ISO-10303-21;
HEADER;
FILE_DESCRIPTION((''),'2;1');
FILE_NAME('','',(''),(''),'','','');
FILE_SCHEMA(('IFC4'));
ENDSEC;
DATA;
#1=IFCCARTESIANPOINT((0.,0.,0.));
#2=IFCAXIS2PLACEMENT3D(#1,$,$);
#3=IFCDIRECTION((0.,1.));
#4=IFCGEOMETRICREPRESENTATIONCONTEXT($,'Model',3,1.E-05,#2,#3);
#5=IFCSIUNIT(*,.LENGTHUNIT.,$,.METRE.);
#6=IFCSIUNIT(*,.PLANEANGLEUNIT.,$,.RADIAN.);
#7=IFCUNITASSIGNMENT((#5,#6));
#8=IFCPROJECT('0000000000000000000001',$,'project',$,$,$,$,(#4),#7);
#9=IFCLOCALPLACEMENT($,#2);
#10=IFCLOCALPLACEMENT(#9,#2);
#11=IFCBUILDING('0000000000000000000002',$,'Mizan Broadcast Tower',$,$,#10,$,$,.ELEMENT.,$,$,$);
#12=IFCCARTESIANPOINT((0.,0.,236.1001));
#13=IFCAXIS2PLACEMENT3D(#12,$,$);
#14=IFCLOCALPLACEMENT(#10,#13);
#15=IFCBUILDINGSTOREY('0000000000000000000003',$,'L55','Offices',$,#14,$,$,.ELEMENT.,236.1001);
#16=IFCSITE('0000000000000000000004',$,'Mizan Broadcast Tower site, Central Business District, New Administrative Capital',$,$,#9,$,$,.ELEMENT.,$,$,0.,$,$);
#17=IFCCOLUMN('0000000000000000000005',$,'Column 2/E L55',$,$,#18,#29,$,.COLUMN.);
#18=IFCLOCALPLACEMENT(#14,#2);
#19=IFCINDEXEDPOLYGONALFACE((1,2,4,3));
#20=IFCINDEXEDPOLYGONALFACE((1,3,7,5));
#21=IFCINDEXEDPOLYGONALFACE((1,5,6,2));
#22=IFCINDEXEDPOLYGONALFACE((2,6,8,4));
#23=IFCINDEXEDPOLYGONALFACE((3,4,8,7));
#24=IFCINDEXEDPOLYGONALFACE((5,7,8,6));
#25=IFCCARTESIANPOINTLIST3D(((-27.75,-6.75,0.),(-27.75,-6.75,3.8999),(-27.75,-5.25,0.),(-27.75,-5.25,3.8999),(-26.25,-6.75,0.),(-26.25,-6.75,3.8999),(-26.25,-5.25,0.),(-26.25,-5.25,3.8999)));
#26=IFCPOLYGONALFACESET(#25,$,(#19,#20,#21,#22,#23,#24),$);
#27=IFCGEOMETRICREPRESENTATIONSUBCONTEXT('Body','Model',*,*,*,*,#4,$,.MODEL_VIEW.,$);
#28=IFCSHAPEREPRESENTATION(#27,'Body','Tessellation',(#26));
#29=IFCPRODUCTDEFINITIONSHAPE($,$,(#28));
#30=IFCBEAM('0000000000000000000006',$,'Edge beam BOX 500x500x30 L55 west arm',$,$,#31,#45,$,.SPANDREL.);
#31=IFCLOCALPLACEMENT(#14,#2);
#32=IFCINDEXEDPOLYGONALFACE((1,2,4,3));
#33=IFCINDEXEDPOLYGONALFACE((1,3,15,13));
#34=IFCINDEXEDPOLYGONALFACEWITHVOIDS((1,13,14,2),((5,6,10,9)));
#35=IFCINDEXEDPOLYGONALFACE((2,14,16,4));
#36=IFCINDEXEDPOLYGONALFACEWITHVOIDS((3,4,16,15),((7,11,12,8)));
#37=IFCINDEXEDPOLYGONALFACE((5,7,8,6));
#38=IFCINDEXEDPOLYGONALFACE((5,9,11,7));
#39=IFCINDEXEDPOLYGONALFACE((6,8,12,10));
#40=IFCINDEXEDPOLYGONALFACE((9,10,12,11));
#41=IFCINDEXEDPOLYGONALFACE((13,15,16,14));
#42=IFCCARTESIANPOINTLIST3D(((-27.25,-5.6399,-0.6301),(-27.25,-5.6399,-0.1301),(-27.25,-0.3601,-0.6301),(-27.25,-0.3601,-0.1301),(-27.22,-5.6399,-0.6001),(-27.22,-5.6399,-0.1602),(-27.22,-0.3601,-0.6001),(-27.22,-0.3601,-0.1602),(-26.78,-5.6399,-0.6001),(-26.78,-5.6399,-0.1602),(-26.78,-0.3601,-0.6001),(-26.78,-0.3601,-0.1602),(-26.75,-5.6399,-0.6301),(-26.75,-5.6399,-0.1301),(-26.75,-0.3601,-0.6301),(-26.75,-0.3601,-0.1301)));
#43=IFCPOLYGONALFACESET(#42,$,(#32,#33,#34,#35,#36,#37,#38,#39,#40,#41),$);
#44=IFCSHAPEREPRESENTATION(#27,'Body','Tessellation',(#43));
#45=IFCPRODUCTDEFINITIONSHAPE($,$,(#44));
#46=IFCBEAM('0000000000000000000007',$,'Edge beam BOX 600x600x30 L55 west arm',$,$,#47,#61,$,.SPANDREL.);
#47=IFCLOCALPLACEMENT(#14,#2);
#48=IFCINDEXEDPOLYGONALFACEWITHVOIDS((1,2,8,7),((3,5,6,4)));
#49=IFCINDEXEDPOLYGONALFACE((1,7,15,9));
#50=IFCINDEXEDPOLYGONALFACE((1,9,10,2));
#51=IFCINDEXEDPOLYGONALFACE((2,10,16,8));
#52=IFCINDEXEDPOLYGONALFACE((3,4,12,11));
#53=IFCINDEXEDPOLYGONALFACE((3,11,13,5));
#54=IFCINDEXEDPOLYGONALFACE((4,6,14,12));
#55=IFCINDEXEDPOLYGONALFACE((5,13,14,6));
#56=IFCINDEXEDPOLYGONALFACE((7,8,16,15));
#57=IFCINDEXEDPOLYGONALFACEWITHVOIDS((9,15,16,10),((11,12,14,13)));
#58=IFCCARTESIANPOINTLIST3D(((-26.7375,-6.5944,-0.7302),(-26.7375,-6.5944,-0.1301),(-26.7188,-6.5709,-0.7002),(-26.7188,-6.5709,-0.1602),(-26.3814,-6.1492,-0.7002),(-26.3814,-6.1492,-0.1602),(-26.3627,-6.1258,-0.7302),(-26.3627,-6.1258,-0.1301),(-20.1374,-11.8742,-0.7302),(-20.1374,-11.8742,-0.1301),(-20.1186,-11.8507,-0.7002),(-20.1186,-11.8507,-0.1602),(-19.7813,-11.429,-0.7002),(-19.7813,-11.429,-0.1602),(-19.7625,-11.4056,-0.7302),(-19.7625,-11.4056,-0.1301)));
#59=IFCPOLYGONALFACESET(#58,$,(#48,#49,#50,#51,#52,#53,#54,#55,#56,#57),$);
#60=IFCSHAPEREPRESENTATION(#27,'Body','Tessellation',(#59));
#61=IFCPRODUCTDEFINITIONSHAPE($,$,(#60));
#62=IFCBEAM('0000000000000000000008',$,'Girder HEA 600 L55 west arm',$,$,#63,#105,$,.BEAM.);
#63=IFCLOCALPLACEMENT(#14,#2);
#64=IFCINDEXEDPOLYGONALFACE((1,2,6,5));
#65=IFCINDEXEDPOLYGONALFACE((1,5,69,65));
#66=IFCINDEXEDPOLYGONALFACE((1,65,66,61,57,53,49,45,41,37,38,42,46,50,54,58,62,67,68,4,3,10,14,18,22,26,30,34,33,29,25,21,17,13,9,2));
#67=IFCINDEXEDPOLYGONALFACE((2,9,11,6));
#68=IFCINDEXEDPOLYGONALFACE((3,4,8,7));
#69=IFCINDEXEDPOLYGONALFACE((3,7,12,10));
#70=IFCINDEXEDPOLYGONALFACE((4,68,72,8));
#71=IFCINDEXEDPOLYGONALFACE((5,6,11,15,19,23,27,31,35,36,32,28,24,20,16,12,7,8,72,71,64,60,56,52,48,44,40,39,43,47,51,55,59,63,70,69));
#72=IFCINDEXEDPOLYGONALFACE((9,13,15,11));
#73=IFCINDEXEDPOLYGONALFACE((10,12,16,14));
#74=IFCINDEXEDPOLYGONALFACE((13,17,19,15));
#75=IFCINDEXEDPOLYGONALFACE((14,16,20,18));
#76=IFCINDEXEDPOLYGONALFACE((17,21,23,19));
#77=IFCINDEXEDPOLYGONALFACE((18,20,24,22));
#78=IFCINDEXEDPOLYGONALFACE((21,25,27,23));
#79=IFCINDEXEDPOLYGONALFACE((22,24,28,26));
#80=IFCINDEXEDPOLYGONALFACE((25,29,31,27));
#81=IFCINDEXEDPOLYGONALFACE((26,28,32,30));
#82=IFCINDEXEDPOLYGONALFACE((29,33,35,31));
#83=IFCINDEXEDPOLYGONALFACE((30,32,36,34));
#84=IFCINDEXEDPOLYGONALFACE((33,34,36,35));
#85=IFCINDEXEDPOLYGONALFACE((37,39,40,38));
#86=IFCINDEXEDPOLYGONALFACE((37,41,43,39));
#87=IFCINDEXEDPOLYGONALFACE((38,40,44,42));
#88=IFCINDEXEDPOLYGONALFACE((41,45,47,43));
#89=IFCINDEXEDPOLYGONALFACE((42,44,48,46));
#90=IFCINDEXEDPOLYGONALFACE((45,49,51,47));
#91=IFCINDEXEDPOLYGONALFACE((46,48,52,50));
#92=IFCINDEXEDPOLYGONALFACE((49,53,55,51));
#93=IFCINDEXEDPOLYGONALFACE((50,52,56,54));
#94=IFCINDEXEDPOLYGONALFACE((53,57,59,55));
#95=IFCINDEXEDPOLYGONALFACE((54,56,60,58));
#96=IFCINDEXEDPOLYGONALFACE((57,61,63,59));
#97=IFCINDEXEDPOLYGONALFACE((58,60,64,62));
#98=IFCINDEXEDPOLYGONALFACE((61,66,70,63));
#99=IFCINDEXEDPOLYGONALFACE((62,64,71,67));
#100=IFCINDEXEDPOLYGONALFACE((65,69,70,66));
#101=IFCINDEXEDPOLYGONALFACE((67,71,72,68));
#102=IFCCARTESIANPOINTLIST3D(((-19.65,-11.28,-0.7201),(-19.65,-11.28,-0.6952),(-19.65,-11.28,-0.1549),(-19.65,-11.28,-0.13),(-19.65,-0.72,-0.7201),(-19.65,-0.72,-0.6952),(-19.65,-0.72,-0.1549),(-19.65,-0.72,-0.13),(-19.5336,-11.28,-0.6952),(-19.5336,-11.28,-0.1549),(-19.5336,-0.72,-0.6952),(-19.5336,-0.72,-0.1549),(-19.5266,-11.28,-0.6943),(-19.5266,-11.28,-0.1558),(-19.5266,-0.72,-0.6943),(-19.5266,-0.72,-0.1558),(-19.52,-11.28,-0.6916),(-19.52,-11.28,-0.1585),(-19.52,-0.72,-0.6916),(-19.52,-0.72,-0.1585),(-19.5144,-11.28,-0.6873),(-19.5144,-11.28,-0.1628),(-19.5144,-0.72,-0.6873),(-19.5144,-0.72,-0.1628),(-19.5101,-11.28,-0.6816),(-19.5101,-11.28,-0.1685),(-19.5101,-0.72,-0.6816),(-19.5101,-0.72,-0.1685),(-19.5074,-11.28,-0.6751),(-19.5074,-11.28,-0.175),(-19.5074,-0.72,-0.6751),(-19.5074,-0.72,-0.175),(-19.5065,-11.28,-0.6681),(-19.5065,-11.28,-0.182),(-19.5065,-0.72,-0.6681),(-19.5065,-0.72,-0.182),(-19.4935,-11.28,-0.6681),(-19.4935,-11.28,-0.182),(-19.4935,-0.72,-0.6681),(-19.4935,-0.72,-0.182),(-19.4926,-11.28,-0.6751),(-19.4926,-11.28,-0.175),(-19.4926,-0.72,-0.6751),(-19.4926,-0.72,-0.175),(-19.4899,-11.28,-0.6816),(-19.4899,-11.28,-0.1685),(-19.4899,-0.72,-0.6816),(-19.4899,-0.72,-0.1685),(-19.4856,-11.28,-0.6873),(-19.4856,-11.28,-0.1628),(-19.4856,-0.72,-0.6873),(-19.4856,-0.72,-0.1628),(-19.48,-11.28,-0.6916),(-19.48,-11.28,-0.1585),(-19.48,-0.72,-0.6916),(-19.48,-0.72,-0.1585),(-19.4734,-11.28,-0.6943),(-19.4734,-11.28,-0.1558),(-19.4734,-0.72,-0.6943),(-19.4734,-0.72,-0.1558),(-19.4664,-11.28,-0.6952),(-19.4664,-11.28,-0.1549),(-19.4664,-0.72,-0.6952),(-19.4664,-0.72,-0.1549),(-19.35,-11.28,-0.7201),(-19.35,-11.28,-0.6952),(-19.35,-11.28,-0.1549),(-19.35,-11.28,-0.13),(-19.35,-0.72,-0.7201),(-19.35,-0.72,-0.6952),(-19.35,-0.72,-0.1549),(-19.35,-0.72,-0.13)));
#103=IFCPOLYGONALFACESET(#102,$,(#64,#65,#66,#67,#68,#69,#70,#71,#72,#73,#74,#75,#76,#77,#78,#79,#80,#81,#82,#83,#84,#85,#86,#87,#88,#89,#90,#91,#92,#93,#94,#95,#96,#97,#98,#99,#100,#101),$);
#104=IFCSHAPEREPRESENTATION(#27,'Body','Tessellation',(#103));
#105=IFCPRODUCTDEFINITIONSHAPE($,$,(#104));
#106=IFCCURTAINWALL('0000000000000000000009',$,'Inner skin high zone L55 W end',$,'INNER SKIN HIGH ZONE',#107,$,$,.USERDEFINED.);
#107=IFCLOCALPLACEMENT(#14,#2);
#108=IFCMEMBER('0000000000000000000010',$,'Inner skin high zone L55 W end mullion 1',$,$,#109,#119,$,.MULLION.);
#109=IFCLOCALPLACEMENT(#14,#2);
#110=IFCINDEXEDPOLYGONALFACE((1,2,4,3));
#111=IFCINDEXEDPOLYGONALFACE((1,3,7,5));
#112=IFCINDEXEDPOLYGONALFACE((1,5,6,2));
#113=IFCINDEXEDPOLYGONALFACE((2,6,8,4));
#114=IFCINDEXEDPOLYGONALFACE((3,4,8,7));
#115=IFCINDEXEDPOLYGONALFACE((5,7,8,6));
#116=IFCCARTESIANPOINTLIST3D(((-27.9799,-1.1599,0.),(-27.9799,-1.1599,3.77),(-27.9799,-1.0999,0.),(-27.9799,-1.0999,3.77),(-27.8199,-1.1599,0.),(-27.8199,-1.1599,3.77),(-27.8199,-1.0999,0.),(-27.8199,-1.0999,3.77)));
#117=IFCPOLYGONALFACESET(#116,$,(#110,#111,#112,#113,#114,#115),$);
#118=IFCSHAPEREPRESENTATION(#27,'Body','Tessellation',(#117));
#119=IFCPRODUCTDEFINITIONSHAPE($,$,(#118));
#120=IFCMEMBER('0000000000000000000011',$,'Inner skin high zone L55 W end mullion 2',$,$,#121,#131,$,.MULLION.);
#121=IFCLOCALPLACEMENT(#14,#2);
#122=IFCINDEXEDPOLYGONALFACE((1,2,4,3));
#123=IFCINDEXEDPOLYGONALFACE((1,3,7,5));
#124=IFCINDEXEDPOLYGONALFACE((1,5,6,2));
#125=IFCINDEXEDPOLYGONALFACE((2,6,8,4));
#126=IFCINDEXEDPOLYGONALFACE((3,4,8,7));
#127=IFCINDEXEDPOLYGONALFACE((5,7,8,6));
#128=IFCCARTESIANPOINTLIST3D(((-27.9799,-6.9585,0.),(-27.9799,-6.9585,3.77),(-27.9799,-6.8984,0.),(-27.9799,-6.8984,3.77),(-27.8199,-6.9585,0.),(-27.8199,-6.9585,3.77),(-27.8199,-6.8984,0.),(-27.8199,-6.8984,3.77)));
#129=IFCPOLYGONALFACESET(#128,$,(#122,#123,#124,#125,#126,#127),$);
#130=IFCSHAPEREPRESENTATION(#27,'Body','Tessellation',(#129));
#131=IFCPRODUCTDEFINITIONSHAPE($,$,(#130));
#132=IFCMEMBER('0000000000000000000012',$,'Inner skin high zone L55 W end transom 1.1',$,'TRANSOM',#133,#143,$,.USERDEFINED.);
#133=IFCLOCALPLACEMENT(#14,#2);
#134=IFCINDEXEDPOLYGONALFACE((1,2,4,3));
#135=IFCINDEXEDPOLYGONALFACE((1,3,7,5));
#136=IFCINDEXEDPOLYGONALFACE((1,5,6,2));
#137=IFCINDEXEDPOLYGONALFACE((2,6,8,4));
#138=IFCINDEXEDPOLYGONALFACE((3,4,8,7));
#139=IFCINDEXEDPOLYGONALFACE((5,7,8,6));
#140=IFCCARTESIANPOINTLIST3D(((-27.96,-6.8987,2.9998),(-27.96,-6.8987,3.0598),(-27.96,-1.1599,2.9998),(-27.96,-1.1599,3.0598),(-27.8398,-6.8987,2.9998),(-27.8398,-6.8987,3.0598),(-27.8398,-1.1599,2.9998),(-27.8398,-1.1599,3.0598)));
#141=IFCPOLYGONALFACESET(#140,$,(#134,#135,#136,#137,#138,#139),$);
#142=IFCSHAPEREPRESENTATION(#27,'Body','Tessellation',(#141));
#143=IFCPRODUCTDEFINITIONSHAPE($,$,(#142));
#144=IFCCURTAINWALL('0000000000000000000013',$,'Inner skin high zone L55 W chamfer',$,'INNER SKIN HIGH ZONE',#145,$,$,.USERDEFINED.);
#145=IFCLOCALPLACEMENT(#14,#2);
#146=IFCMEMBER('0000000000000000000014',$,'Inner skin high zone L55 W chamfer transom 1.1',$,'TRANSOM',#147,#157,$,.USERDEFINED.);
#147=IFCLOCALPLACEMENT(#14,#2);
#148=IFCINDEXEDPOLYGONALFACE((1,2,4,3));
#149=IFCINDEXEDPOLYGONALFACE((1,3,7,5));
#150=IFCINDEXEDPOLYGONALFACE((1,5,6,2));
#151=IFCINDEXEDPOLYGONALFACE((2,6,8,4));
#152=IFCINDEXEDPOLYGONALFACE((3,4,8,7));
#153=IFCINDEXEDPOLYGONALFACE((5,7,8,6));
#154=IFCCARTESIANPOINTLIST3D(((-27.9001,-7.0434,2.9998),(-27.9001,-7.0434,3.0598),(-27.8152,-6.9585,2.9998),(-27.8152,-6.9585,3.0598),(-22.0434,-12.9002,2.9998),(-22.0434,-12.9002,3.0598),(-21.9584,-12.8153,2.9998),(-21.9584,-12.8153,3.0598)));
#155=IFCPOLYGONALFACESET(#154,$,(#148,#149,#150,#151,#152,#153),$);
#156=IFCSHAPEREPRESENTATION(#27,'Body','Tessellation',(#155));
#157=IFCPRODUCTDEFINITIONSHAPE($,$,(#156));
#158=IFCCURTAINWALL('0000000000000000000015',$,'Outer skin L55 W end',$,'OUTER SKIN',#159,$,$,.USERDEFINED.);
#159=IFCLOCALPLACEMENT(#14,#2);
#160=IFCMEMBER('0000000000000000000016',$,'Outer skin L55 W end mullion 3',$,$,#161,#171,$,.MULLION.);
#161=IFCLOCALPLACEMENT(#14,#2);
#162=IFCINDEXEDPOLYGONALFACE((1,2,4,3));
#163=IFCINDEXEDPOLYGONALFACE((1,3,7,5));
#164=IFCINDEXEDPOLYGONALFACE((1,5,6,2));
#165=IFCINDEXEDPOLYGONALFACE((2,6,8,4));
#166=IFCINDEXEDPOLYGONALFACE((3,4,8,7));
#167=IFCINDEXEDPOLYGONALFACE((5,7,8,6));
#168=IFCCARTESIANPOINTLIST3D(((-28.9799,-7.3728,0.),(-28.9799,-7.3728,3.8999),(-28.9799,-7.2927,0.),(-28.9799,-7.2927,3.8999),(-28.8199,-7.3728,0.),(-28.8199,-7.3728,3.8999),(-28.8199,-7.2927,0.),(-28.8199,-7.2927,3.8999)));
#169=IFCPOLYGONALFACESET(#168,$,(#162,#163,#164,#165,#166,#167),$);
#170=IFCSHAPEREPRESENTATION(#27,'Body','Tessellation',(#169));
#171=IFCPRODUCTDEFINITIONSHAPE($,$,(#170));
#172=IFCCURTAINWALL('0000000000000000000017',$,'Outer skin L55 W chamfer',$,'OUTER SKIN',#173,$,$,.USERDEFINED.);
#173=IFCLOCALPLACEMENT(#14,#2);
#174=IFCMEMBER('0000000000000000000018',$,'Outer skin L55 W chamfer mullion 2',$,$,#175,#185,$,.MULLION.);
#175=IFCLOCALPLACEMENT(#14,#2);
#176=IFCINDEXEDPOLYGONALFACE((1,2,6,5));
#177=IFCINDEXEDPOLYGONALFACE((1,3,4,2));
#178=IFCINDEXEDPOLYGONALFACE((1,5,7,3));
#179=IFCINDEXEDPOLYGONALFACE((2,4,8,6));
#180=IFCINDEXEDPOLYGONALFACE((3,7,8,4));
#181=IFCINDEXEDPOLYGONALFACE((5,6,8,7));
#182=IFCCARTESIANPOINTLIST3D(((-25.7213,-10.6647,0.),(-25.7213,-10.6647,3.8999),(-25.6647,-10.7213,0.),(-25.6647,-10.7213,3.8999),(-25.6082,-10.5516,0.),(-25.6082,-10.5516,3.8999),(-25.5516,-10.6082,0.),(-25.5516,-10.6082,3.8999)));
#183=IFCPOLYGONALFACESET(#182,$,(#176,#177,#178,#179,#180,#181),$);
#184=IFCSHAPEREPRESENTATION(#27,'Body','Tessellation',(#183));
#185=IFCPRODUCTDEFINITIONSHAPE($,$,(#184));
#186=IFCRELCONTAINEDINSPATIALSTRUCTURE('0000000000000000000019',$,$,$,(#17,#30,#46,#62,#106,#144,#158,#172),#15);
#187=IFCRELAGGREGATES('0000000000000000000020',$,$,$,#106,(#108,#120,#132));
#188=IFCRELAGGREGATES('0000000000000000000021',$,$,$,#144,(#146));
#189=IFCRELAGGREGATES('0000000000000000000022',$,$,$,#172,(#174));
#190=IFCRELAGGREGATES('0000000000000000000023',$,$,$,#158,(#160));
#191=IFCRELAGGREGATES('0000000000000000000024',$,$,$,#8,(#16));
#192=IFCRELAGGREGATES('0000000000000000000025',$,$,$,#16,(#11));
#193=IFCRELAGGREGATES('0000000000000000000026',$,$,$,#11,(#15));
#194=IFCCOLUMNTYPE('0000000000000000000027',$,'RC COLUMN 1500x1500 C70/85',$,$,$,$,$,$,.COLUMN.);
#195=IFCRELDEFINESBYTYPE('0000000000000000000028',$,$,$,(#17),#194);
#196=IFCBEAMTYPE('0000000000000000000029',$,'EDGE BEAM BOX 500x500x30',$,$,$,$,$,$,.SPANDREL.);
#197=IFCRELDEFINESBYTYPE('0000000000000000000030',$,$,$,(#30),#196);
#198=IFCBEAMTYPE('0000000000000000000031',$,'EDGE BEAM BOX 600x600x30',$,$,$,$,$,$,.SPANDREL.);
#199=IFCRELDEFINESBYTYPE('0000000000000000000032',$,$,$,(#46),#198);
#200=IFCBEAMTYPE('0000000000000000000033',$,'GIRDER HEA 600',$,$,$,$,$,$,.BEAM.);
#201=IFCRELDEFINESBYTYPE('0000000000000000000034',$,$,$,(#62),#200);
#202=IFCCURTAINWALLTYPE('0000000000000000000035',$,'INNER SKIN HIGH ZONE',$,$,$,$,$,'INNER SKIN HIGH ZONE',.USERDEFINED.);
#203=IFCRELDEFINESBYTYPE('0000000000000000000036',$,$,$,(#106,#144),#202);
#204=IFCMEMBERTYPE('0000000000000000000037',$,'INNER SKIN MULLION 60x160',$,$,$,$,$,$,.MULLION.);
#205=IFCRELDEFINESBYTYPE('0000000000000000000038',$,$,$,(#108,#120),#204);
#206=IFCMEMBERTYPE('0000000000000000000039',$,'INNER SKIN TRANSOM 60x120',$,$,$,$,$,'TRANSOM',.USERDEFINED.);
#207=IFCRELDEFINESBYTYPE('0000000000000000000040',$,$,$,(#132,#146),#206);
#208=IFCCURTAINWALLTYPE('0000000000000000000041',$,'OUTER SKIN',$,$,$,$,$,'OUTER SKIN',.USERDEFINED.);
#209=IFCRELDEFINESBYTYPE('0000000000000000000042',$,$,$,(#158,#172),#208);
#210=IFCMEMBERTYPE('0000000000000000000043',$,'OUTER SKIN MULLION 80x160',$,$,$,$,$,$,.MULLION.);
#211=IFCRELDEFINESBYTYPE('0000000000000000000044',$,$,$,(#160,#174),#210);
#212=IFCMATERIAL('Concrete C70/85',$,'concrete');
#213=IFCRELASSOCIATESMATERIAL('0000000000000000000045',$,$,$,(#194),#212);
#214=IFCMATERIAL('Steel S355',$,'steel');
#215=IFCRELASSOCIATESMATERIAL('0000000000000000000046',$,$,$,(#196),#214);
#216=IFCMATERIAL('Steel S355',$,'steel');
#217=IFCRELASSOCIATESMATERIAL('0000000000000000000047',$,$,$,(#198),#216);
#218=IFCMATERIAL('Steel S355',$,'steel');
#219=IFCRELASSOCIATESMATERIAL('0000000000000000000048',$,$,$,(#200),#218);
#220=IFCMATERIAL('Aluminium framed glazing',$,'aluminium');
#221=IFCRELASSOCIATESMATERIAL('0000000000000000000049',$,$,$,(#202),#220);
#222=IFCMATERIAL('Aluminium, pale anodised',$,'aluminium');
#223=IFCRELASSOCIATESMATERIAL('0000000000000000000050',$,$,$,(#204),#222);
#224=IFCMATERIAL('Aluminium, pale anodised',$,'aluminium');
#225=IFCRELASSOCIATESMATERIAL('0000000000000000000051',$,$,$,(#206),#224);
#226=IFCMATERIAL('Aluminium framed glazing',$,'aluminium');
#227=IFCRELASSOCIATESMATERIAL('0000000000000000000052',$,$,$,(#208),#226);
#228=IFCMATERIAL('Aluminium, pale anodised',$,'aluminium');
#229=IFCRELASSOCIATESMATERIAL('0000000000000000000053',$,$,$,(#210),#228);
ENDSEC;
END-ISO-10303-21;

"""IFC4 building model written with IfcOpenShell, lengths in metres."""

from ifc_helpers import new_model, si_unit, direction, frame, origin, origin_2d, place, context, subcontext, project, spatial, rectangle, hollow_rectangle, i_section, extrude, material, material_profile, profile_set, type_object, element, aggregate, save


model = new_model("IFC4")

# Units and contexts
model_context = context("Model", 3, precision=1e-05, world=origin(), true_north=direction((0.0, 1.0)))
body_context = subcontext(model_context, "Body", "Model", "MODEL_VIEW")
ifc_project = project(units=[si_unit("LENGTHUNIT", "METRE"), si_unit("PLANEANGLEUNIT", "RADIAN")], contexts=[model_context])

# Site, building, storey
site_placement = place(None, origin())
site = spatial("IfcSite", under=ifc_project, at=site_placement, Name="Mizan Broadcast Tower site, Central Business District, New Administrative Capital", CompositionType="ELEMENT", RefElevation=0.0)
building_placement = place(site_placement, origin())
building = spatial("IfcBuilding", under=site, at=building_placement, Name="Mizan Broadcast Tower", CompositionType="ELEMENT")
storey_placement = place(building_placement, frame((0.0, 0.0, 236.1001)))
storey = spatial("IfcBuildingStorey", under=building, at=storey_placement, Name="L55", Description="Offices", CompositionType="ELEMENT", Elevation=236.1001)

# Column
ifc_material_1 = material(Name="Concrete C70/85", Category="concrete")
ifc_material_profile_1 = material_profile(ifc_material_1, rectangle(XDim=1.5, YDim=1.5, at=origin_2d()), Name="RC 1500x1500")
ifc_profile_set_1 = profile_set([ifc_material_profile_1], Name="Concrete C70/85")
column_type = type_object("IfcColumnType", Name="RC COLUMN 1500x1500 C70/85", PredefinedType="COLUMN", material=ifc_profile_set_1)
column_placement = place(storey_placement, frame((-27.0, -6.0, 0.0), z_axis=(0.0, 0.0, 1.0), x_axis=(1.0, 0.0, 0.0)))
element("IfcColumn", 1, at=column_placement, inside=storey, type_object=column_type, Name="Column 2/E L55", PredefinedType="COLUMN", context=body_context, shape_type="SweptSolid", body=[
    extrude(rectangle(XDim=1.5, YDim=1.5, at=origin_2d()), origin(), (0.0, 0.0, 1.0), 3.8999),
])

# Beams
ifc_material_2 = material(Name="Steel S355", Category="steel")
ifc_material_profile_2 = material_profile(ifc_material_2, hollow_rectangle(XDim=0.5, YDim=0.5, WallThickness=0.03, at=origin_2d()), Name="BOX 500x500x30")
ifc_profile_set_2 = profile_set([ifc_material_profile_2], Name="Steel S355")
beam_type_1 = type_object("IfcBeamType", Name="EDGE BEAM BOX 500x500x30", PredefinedType="SPANDREL", material=ifc_profile_set_2)
beam_1_placement = place(storey_placement, frame((-27.0, -5.6399, -0.3801), z_axis=(0.0, 1.0, 0.0), x_axis=(-1.0, 0.0, 0.0)))
element("IfcBeam", 2, at=beam_1_placement, inside=storey, type_object=beam_type_1, Name="Edge beam BOX 500x500x30 L55 west arm", PredefinedType="SPANDREL", context=body_context, shape_type="SweptSolid", body=[
    extrude(hollow_rectangle(XDim=0.5, YDim=0.5, WallThickness=0.03, at=origin_2d()), origin(), (0.0, 0.0, 1.0), 5.2798),
])
ifc_material_3 = material(Name="Steel S355", Category="steel")
ifc_material_profile_3 = material_profile(ifc_material_3, hollow_rectangle(XDim=0.6001, YDim=0.6001, WallThickness=0.03, at=origin_2d()), Name="BOX 600x600x30")
ifc_profile_set_3 = profile_set([ifc_material_profile_3], Name="Steel S355")
beam_type_2 = type_object("IfcBeamType", Name="EDGE BEAM BOX 600x600x30", PredefinedType="SPANDREL", material=ifc_profile_set_3)
beam_2_placement = place(storey_placement, frame((-19.95, -11.6399, -0.4302), z_axis=(-0.780886, 0.624674, 0.0), x_axis=(-0.624674, -0.780886, 0.0)))
element("IfcBeam", 3, at=beam_2_placement, inside=storey, type_object=beam_type_2, Name="Edge beam BOX 600x600x30 L55 west arm", PredefinedType="SPANDREL", context=body_context, shape_type="SweptSolid", body=[
    extrude(hollow_rectangle(XDim=0.6001, YDim=0.6001, WallThickness=0.03, at=origin_2d()), origin(), (0.0, 0.0, 1.0), 8.4521),
])
ifc_material_4 = material(Name="Steel S355", Category="steel")
ifc_material_profile_4 = material_profile(ifc_material_4, i_section(OverallWidth=0.3, OverallDepth=0.5901, WebThickness=0.0129, FlangeThickness=0.0249, FilletRadius=0.0271, at=origin_2d()), Name="HEA 600")
ifc_profile_set_4 = profile_set([ifc_material_profile_4], Name="Steel S355")
beam_type_3 = type_object("IfcBeamType", Name="GIRDER HEA 600", PredefinedType="BEAM", material=ifc_profile_set_4)
beam_3_placement = place(storey_placement, frame((-19.5, -11.28, -0.425), z_axis=(0.0, 1.0, 0.0), x_axis=(-1.0, 0.0, 0.0)))
element("IfcBeam", 4, at=beam_3_placement, inside=storey, type_object=beam_type_3, Name="Girder HEA 600 L55 west arm", PredefinedType="BEAM", context=body_context, shape_type="SweptSolid", body=[
    extrude(i_section(OverallWidth=0.3, OverallDepth=0.5901, WebThickness=0.0129, FlangeThickness=0.0249, FilletRadius=0.0271, at=origin_2d()), origin(), (0.0, 0.0, 1.0), 10.5601),
])

# Curtain wall, members
ifc_material_5 = material(Name="Aluminium framed glazing", Category="aluminium")
curtain_wall_type_1 = type_object("IfcCurtainWallType", Name="INNER SKIN HIGH ZONE", ElementType="INNER SKIN HIGH ZONE", PredefinedType="USERDEFINED", material=ifc_material_5)
curtain_wall_1_placement = place(storey_placement, origin())
curtain_wall_1 = element("IfcCurtainWall", 5, at=curtain_wall_1_placement, inside=storey, type_object=curtain_wall_type_1, Name="Inner skin high zone L55 W end", ObjectType="INNER SKIN HIGH ZONE", PredefinedType="USERDEFINED")
ifc_material_6 = material(Name="Aluminium, pale anodised", Category="aluminium")
ifc_material_profile_5 = material_profile(ifc_material_6, rectangle(XDim=0.1599, YDim=0.0601, at=origin_2d()), Name="MULLION 160x60")
ifc_profile_set_5 = profile_set([ifc_material_profile_5], Name="Aluminium, pale anodised")
member_type_1 = type_object("IfcMemberType", Name="INNER SKIN MULLION 60x160", PredefinedType="MULLION", material=ifc_profile_set_5)
member_1_placement = place(storey_placement, frame((-27.8999, -1.1299, 0.0), z_axis=(0.0, 0.0, 1.0), x_axis=(1.0, 0.0, 0.0)))
member_1 = element("IfcMember", 6, at=member_1_placement, type_object=member_type_1, Name="Inner skin high zone L55 W end mullion 1", PredefinedType="MULLION", context=body_context, shape_type="SweptSolid", body=[
    extrude(rectangle(XDim=0.1599, YDim=0.0601, at=origin_2d()), origin(), (0.0, 0.0, 1.0), 3.77),
])
member_2_placement = place(storey_placement, frame((-27.8999, -6.9285, 0.0), z_axis=(0.0, 0.0, 1.0), x_axis=(1.0, 0.0, 0.0)))
member_2 = element("IfcMember", 7, at=member_2_placement, type_object=member_type_1, Name="Inner skin high zone L55 W end mullion 2", PredefinedType="MULLION", context=body_context, shape_type="SweptSolid", body=[
    extrude(rectangle(XDim=0.1599, YDim=0.0601, at=origin_2d()), origin(), (0.0, 0.0, 1.0), 3.77),
])
ifc_material_7 = material(Name="Aluminium, pale anodised", Category="aluminium")
ifc_material_profile_6 = material_profile(ifc_material_7, rectangle(XDim=0.1201, YDim=0.0601, at=origin_2d()), Name="TRANSOM 120x60")
ifc_profile_set_6 = profile_set([ifc_material_profile_6], Name="Aluminium, pale anodised")
member_type_2 = type_object("IfcMemberType", Name="INNER SKIN TRANSOM 60x120", ElementType="TRANSOM", PredefinedType="USERDEFINED", material=ifc_profile_set_6)
member_3_placement = place(storey_placement, frame((-27.8999, -1.1599, 3.0298), z_axis=(0.0, -1.0, 0.0), x_axis=(1.0, 0.0, 0.0)))
member_3 = element("IfcMember", 8, at=member_3_placement, type_object=member_type_2, Name="Inner skin high zone L55 W end transom 1.1", ObjectType="TRANSOM", PredefinedType="USERDEFINED", context=body_context, shape_type="SweptSolid", body=[
    extrude(rectangle(XDim=0.1201, YDim=0.0601, at=origin_2d()), origin(), (0.0, 0.0, 1.0), 5.7388),
])

# Curtain walls, members
curtain_wall_2_placement = place(storey_placement, origin())
curtain_wall_2 = element("IfcCurtainWall", 9, at=curtain_wall_2_placement, inside=storey, type_object=curtain_wall_type_1, Name="Inner skin high zone L55 W chamfer", ObjectType="INNER SKIN HIGH ZONE", PredefinedType="USERDEFINED")
member_4_placement = place(storey_placement, frame((-27.8577, -7.001, 3.0298), z_axis=(0.707107, -0.707107, 0.0), x_axis=(0.707107, 0.707107, 0.0)))
member_4 = element("IfcMember", 10, at=member_4_placement, type_object=member_type_2, Name="Inner skin high zone L55 W chamfer transom 1.1", ObjectType="TRANSOM", PredefinedType="USERDEFINED", context=body_context, shape_type="SweptSolid", body=[
    extrude(rectangle(XDim=0.1201, YDim=0.0601, at=origin_2d()), origin(), (0.0, 0.0, 1.0), 8.2827),
])
ifc_material_8 = material(Name="Aluminium framed glazing", Category="aluminium")
curtain_wall_type_2 = type_object("IfcCurtainWallType", Name="OUTER SKIN", ElementType="OUTER SKIN", PredefinedType="USERDEFINED", material=ifc_material_8)
curtain_wall_3_placement = place(storey_placement, origin())
curtain_wall_3 = element("IfcCurtainWall", 11, at=curtain_wall_3_placement, inside=storey, type_object=curtain_wall_type_2, Name="Outer skin L55 W end", ObjectType="OUTER SKIN", PredefinedType="USERDEFINED")
ifc_material_9 = material(Name="Aluminium, pale anodised", Category="aluminium")
ifc_material_profile_7 = material_profile(ifc_material_9, rectangle(XDim=0.1599, YDim=0.0801, at=origin_2d()), Name="MULLION 160x80")
ifc_profile_set_7 = profile_set([ifc_material_profile_7], Name="Aluminium, pale anodised")
member_type_3 = type_object("IfcMemberType", Name="OUTER SKIN MULLION 80x160", PredefinedType="MULLION", material=ifc_profile_set_7)
member_5_placement = place(storey_placement, frame((-28.8999, -7.3328, 0.0), z_axis=(0.0, 0.0, 1.0), x_axis=(1.0, 0.0, 0.0)))
member_5 = element("IfcMember", 12, at=member_5_placement, type_object=member_type_3, Name="Outer skin L55 W end mullion 3", PredefinedType="MULLION", context=body_context, shape_type="SweptSolid", body=[
    extrude(rectangle(XDim=0.1599, YDim=0.0801, at=origin_2d()), origin(), (0.0, 0.0, 1.0), 3.8999),
])
curtain_wall_4_placement = place(storey_placement, origin())
curtain_wall_4 = element("IfcCurtainWall", 13, at=curtain_wall_4_placement, inside=storey, type_object=curtain_wall_type_2, Name="Outer skin L55 W chamfer", ObjectType="OUTER SKIN", PredefinedType="USERDEFINED")
member_6_placement = place(storey_placement, frame((-25.6365, -10.6365, 0.0), z_axis=(0.0, 0.0, 1.0), x_axis=(0.707107, 0.707107, 0.0)))
member_6 = element("IfcMember", 14, at=member_6_placement, type_object=member_type_3, Name="Outer skin L55 W chamfer mullion 2", PredefinedType="MULLION", context=body_context, shape_type="SweptSolid", body=[
    extrude(rectangle(XDim=0.1599, YDim=0.0801, at=origin_2d()), origin(), (0.0, 0.0, 1.0), 3.8999),
])

aggregate(curtain_wall_1, [member_1, member_2, member_3])
aggregate(curtain_wall_2, [member_4])
aggregate(curtain_wall_4, [member_6])
aggregate(curtain_wall_3, [member_5])

save(model, "model.ifc")
